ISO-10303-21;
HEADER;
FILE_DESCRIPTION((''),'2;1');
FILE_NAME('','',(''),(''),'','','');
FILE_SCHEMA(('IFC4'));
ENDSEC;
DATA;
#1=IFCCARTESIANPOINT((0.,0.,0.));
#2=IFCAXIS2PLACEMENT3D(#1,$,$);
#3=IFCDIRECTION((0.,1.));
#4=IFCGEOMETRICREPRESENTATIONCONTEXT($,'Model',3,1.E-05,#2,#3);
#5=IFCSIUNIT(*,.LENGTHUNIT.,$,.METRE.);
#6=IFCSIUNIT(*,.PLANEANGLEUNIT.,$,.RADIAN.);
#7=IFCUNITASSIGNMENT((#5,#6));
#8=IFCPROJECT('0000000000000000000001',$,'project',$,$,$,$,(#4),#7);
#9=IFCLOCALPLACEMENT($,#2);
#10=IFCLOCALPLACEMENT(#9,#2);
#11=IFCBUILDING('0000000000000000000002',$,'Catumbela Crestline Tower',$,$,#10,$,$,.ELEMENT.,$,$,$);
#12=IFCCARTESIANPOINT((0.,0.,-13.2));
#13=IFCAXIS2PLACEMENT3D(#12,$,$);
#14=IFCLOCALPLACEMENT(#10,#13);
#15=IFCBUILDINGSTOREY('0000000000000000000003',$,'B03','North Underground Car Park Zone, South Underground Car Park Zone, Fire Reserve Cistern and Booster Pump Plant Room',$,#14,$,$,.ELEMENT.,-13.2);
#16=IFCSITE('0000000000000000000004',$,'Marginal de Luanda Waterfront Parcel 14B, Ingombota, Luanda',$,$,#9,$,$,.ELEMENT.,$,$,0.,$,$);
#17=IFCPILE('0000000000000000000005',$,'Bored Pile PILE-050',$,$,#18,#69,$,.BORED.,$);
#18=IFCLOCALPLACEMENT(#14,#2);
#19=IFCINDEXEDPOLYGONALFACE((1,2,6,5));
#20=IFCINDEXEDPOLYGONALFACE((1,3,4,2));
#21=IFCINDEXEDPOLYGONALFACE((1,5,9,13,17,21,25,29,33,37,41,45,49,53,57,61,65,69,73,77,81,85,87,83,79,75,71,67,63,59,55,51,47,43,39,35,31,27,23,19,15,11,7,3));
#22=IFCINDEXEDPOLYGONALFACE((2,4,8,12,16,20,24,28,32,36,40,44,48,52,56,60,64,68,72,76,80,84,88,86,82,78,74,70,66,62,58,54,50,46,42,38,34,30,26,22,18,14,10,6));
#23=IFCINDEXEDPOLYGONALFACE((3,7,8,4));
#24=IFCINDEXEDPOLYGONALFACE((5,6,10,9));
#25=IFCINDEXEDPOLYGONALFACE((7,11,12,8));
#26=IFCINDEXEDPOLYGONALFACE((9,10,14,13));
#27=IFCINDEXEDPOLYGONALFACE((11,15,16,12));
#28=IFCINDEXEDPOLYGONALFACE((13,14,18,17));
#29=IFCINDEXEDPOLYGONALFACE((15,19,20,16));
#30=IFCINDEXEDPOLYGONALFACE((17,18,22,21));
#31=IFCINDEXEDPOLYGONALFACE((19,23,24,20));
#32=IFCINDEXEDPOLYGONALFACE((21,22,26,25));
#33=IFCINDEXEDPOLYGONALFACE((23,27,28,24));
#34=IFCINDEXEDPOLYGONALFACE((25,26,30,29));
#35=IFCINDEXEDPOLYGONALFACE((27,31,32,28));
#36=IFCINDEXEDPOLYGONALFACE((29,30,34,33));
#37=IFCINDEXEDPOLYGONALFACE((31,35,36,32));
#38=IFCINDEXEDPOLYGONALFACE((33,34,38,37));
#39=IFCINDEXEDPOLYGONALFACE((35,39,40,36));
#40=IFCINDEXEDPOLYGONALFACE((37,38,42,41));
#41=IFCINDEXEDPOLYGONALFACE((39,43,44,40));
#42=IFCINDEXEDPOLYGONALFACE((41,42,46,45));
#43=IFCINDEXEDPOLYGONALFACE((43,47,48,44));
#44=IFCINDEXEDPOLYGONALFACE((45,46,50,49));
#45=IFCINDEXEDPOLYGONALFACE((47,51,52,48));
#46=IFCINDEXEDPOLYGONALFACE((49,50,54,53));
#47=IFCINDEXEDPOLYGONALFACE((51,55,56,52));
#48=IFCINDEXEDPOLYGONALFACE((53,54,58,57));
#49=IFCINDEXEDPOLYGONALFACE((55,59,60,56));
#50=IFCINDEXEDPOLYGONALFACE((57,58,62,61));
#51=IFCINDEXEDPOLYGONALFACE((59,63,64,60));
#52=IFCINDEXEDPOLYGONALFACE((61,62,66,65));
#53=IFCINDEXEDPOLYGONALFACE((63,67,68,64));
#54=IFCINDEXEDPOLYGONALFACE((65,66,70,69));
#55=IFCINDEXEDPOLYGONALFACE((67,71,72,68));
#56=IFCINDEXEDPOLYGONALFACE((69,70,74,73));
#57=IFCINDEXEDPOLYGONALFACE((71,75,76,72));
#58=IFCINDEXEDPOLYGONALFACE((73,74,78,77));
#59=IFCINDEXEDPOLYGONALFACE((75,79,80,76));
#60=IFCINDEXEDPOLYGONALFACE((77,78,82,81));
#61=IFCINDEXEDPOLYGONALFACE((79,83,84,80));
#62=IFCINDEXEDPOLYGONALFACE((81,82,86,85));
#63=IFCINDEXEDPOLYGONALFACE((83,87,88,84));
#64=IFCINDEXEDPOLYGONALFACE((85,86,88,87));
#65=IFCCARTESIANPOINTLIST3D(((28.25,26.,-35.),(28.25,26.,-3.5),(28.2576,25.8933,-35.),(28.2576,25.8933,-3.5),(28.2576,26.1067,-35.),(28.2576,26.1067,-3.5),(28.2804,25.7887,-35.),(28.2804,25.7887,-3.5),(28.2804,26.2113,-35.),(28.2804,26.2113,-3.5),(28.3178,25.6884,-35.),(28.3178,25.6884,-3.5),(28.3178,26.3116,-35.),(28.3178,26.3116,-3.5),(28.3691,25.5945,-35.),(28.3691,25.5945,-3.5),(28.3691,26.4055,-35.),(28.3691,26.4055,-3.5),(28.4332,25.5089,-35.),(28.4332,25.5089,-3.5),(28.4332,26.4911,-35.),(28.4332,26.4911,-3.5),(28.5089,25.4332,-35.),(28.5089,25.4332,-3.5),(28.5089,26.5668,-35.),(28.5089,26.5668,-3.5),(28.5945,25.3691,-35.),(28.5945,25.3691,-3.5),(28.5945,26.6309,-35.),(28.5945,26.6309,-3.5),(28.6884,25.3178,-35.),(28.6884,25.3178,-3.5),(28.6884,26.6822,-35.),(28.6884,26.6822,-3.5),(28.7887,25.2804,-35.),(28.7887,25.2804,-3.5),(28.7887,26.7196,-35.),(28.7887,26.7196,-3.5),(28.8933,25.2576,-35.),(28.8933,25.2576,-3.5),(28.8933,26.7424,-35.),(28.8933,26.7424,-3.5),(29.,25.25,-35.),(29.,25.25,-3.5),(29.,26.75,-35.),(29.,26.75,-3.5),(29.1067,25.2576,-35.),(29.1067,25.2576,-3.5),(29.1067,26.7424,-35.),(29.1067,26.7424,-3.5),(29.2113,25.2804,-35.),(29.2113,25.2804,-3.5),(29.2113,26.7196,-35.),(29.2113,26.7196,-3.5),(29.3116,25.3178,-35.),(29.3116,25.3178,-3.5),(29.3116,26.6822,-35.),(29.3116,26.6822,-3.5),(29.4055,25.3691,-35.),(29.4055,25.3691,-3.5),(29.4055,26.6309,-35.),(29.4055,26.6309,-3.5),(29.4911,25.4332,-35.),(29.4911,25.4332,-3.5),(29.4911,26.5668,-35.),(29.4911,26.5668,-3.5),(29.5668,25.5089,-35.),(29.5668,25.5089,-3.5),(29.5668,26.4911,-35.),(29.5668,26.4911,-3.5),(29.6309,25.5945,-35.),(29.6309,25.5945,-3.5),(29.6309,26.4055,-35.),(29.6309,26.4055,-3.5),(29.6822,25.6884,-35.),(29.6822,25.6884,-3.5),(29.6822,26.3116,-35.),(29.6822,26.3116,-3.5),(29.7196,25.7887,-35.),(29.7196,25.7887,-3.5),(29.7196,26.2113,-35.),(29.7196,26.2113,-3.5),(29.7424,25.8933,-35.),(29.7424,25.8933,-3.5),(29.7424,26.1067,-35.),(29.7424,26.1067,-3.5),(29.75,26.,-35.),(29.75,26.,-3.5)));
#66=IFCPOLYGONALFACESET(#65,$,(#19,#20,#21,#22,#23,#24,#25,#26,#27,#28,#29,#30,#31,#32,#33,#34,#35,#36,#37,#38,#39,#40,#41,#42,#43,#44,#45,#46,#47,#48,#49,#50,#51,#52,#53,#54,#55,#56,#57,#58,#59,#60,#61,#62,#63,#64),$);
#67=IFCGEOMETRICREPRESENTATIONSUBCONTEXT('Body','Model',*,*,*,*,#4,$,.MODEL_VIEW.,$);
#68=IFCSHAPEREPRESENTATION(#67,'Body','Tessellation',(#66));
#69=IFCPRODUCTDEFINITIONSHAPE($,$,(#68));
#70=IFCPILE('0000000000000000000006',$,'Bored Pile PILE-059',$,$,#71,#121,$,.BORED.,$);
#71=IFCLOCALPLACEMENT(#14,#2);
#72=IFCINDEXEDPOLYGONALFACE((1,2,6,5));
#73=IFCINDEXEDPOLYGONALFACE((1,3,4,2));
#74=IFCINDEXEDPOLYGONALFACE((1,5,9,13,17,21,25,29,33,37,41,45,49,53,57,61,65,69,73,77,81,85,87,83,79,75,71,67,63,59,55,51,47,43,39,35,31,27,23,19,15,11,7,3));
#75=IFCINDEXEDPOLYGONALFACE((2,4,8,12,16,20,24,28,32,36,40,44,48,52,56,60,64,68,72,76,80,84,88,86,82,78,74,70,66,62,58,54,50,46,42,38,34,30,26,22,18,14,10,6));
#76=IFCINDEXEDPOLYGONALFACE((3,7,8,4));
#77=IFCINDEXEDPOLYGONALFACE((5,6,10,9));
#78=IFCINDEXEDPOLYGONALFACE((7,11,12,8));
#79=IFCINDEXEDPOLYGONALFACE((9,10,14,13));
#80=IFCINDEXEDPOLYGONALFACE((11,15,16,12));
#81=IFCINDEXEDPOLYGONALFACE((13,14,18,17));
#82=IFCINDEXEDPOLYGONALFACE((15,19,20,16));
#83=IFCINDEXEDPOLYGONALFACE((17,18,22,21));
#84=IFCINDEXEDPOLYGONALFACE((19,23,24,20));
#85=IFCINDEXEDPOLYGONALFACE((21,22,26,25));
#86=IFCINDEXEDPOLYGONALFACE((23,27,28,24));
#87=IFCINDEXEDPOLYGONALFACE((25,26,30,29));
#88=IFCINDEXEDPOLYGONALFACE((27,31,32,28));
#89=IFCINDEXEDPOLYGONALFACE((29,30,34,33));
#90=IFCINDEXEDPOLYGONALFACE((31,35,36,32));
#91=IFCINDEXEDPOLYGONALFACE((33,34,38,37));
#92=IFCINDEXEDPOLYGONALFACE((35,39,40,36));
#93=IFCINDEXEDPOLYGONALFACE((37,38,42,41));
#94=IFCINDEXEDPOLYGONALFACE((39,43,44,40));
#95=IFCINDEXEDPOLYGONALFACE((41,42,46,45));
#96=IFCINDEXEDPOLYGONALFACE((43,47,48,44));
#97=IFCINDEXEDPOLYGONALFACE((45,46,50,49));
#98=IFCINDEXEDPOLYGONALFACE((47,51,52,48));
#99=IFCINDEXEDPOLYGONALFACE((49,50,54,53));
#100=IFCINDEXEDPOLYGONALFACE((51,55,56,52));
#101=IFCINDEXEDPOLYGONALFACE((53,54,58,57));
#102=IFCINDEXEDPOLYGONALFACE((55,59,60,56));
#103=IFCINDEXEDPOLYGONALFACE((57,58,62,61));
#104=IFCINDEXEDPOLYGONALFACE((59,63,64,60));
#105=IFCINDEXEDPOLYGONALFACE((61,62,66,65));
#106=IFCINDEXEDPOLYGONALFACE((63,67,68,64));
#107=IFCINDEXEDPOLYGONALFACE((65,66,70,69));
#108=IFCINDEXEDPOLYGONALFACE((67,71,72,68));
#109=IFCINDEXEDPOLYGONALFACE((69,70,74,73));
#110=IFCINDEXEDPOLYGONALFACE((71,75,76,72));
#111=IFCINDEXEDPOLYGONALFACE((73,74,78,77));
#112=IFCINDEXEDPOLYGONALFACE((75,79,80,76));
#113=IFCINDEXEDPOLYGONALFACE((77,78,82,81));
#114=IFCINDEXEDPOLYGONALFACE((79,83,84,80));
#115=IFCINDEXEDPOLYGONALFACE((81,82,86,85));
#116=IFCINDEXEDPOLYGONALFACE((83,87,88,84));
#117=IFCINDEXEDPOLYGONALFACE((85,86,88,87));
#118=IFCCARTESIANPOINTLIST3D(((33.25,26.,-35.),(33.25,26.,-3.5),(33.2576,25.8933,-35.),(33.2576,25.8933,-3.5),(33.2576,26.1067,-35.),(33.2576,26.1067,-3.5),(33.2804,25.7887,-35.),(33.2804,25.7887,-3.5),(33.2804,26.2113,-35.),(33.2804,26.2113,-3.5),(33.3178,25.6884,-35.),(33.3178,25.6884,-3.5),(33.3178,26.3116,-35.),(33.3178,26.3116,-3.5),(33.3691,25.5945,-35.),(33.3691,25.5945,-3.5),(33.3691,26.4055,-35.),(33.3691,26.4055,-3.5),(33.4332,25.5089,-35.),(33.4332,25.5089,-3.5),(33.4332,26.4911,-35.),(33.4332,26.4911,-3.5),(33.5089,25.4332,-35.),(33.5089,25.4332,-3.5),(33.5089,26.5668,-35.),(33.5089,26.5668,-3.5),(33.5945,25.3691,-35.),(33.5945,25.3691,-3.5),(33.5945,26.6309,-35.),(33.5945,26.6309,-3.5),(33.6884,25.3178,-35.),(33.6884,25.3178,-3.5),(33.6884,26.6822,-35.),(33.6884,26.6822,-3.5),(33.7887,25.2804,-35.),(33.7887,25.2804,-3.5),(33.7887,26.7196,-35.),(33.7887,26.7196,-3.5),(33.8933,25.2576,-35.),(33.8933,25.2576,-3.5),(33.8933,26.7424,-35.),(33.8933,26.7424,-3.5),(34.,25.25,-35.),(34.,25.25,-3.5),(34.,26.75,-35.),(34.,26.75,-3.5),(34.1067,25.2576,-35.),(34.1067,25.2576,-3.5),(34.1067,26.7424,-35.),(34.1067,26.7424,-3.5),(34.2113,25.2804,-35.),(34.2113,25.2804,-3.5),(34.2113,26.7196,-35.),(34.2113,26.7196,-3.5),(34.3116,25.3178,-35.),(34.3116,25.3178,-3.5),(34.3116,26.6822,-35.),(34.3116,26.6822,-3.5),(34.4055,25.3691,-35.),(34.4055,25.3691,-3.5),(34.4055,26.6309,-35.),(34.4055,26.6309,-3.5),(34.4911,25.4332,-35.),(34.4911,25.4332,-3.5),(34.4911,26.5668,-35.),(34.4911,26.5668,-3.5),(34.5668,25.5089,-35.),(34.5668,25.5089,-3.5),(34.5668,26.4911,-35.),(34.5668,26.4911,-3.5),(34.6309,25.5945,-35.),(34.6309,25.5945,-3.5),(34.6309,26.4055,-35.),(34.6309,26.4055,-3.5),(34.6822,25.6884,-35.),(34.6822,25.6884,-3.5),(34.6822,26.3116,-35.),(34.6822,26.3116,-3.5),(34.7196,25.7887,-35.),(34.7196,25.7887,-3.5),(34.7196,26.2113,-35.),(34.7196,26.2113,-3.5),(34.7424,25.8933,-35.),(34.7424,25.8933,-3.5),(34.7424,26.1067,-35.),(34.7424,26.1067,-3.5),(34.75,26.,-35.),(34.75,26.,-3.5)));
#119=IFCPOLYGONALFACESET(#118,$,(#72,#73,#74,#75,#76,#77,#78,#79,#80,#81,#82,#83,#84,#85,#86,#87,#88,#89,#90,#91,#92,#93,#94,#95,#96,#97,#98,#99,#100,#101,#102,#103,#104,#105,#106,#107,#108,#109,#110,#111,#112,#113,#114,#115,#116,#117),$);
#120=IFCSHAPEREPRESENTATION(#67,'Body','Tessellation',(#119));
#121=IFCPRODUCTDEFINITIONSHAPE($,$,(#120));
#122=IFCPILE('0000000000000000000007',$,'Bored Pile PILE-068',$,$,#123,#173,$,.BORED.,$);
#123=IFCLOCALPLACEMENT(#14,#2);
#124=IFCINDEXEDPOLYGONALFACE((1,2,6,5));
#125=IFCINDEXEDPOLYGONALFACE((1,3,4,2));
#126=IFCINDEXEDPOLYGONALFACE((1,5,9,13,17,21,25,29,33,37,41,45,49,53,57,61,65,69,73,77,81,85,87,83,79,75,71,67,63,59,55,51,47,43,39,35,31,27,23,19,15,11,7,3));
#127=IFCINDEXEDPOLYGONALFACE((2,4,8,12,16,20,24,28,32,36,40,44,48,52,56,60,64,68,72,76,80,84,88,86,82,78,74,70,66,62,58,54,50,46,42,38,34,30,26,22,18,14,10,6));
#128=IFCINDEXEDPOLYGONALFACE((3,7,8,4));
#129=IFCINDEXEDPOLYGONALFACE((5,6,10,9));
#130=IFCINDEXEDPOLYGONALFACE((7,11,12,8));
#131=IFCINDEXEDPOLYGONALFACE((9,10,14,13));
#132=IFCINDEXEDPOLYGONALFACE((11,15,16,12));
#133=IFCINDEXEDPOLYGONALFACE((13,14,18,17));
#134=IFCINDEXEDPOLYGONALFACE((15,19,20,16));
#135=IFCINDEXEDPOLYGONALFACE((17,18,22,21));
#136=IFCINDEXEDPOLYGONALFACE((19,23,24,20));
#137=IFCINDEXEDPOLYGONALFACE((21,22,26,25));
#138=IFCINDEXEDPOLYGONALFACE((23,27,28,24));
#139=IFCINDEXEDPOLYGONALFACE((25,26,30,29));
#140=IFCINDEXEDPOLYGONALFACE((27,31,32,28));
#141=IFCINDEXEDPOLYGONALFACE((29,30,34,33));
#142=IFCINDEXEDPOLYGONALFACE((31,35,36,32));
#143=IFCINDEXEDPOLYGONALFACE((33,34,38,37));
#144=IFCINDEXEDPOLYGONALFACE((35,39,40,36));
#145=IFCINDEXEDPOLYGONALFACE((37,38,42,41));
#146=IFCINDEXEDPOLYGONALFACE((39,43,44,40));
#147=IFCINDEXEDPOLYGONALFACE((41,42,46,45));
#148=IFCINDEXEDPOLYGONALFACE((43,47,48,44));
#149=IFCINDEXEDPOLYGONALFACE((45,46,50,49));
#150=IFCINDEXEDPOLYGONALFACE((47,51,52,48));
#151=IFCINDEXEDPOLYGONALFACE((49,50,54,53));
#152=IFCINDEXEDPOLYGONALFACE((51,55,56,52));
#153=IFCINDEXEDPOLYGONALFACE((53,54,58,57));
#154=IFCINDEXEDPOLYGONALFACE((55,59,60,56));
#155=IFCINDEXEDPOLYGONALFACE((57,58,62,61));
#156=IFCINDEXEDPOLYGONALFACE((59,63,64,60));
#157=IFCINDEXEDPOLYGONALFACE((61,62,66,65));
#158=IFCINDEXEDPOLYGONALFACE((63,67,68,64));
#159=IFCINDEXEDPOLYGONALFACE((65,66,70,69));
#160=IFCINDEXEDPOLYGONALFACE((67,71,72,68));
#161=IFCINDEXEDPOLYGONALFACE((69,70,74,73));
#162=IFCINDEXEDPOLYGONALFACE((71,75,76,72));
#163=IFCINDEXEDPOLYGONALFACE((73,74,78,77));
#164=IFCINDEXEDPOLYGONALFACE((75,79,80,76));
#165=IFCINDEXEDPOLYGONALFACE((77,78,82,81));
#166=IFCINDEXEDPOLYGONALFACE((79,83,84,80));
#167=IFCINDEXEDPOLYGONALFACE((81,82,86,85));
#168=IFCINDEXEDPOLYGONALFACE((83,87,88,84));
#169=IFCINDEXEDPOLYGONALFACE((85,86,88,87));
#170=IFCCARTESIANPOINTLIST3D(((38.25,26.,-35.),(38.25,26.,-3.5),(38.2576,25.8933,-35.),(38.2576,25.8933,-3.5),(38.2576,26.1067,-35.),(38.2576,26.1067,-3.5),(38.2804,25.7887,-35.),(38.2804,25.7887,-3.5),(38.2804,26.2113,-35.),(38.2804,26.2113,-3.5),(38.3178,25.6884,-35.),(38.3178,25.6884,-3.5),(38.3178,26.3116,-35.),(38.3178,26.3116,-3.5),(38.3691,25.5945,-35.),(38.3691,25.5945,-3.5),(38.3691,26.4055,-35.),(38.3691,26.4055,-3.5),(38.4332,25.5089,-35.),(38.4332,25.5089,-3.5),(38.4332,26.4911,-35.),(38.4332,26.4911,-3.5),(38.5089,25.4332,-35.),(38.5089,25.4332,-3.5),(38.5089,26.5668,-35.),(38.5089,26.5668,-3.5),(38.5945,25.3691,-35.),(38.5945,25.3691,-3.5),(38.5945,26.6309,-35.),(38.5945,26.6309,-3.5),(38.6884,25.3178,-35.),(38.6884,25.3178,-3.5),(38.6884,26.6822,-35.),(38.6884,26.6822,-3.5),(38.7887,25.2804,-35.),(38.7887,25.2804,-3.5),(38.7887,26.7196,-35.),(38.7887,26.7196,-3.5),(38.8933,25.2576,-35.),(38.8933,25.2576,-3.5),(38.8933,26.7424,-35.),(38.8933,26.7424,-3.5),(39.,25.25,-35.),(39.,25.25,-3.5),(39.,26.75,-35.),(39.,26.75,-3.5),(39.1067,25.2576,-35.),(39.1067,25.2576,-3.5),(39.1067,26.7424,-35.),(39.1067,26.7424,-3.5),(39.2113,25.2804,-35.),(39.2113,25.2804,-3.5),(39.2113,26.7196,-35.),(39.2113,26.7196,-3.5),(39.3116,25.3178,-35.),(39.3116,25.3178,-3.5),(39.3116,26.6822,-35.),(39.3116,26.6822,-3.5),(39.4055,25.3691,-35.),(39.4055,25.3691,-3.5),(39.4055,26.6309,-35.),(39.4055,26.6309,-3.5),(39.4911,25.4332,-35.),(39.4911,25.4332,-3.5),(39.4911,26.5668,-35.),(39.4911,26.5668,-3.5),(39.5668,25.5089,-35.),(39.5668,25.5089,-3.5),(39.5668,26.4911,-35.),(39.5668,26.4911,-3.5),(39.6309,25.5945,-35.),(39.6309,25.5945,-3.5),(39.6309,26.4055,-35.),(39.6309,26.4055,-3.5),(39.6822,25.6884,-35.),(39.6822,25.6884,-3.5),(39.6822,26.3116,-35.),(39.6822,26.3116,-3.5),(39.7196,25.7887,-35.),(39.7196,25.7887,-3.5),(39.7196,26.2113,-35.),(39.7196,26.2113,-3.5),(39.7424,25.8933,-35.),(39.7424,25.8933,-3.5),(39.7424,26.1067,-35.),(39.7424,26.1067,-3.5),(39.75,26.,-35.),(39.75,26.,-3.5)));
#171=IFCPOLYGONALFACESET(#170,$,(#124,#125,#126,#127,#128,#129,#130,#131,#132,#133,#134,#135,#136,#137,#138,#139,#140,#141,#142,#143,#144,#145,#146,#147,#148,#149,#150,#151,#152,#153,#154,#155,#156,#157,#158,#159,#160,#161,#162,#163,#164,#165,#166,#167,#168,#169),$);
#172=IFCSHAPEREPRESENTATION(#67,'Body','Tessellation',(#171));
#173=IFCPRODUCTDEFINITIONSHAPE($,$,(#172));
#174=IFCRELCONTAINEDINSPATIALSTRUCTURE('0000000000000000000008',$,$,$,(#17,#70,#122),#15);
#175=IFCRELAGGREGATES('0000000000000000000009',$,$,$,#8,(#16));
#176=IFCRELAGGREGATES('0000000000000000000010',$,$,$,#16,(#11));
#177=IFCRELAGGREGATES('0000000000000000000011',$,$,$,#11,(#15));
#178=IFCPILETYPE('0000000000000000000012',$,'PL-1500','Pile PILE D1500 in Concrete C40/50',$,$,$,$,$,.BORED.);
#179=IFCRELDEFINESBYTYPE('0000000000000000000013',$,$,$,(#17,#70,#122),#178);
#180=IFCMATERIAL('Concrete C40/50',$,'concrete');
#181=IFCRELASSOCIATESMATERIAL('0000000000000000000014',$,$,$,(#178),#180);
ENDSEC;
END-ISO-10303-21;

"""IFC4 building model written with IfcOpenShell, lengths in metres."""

from ifc_helpers import new_model, si_unit, direction, frame, origin, origin_2d, place, context, subcontext, project, spatial, circle, extrude, material, material_profile, profile_set, type_object, element, save


model = new_model("IFC4")

# Units and contexts
model_context = context("Model", 3, precision=1e-05, world=origin(), true_north=direction((0.0, 1.0)))
body_context = subcontext(model_context, "Body", "Model", "MODEL_VIEW")
ifc_project = project(units=[si_unit("LENGTHUNIT", "METRE"), si_unit("PLANEANGLEUNIT", "RADIAN")], contexts=[model_context])

# Site, building, storey
site_placement = place(None, origin())
site = spatial("IfcSite", under=ifc_project, at=site_placement, Name="Marginal de Luanda Waterfront Parcel 14B, Ingombota, Luanda", CompositionType="ELEMENT", RefElevation=0.0)
building_placement = place(site_placement, origin())
building = spatial("IfcBuilding", under=site, at=building_placement, Name="Catumbela Crestline Tower", CompositionType="ELEMENT")
storey_placement = place(building_placement, frame((0.0, 0.0, -13.2)))
storey = spatial("IfcBuildingStorey", under=building, at=storey_placement, Name="B03", Description="North Underground Car Park Zone, South Underground Car Park Zone, Fire Reserve Cistern and Booster Pump Plant Room", CompositionType="ELEMENT", Elevation=-13.2)

# Piles
ifc_material_1 = material(Name="Concrete C40/50", Category="concrete")
ifc_material_profile_1 = material_profile(ifc_material_1, circle(Radius=0.75, at=origin_2d()), Name="PILE D1500")
ifc_profile_set_1 = profile_set([ifc_material_profile_1], Name="Concrete C40/50")
pile_type_1 = type_object("IfcPileType", Name="PL-1500", Description="Pile PILE D1500 in Concrete C40/50", PredefinedType="BORED", material=ifc_profile_set_1)
for number, where, z_axis, x_axis, name in (
    (1, (29.0, 26.0, -3.5), (0.0, 0.0, -1.0), (1.0, 0.0, 0.0), "Bored Pile PILE-050"),
    (2, (34.0, 26.0, -3.5), (0.0, 0.0, -1.0), (1.0, 0.0, 0.0), "Bored Pile PILE-059"),
    (3, (39.0, 26.0, -3.5), (0.0, 0.0, -1.0), (1.0, 0.0, 0.0), "Bored Pile PILE-068"),
):
    element("IfcPile", number, at=place(storey_placement, frame(where, z_axis=z_axis, x_axis=x_axis)), inside=storey, type_object=pile_type_1, Name=name, PredefinedType="BORED", context=body_context, shape_type="SweptSolid", body=[
        extrude(circle(Radius=0.75, at=origin_2d()), origin(), (0.0, 0.0, 1.0), 31.5),
    ])

save(model, "model.ifc")
